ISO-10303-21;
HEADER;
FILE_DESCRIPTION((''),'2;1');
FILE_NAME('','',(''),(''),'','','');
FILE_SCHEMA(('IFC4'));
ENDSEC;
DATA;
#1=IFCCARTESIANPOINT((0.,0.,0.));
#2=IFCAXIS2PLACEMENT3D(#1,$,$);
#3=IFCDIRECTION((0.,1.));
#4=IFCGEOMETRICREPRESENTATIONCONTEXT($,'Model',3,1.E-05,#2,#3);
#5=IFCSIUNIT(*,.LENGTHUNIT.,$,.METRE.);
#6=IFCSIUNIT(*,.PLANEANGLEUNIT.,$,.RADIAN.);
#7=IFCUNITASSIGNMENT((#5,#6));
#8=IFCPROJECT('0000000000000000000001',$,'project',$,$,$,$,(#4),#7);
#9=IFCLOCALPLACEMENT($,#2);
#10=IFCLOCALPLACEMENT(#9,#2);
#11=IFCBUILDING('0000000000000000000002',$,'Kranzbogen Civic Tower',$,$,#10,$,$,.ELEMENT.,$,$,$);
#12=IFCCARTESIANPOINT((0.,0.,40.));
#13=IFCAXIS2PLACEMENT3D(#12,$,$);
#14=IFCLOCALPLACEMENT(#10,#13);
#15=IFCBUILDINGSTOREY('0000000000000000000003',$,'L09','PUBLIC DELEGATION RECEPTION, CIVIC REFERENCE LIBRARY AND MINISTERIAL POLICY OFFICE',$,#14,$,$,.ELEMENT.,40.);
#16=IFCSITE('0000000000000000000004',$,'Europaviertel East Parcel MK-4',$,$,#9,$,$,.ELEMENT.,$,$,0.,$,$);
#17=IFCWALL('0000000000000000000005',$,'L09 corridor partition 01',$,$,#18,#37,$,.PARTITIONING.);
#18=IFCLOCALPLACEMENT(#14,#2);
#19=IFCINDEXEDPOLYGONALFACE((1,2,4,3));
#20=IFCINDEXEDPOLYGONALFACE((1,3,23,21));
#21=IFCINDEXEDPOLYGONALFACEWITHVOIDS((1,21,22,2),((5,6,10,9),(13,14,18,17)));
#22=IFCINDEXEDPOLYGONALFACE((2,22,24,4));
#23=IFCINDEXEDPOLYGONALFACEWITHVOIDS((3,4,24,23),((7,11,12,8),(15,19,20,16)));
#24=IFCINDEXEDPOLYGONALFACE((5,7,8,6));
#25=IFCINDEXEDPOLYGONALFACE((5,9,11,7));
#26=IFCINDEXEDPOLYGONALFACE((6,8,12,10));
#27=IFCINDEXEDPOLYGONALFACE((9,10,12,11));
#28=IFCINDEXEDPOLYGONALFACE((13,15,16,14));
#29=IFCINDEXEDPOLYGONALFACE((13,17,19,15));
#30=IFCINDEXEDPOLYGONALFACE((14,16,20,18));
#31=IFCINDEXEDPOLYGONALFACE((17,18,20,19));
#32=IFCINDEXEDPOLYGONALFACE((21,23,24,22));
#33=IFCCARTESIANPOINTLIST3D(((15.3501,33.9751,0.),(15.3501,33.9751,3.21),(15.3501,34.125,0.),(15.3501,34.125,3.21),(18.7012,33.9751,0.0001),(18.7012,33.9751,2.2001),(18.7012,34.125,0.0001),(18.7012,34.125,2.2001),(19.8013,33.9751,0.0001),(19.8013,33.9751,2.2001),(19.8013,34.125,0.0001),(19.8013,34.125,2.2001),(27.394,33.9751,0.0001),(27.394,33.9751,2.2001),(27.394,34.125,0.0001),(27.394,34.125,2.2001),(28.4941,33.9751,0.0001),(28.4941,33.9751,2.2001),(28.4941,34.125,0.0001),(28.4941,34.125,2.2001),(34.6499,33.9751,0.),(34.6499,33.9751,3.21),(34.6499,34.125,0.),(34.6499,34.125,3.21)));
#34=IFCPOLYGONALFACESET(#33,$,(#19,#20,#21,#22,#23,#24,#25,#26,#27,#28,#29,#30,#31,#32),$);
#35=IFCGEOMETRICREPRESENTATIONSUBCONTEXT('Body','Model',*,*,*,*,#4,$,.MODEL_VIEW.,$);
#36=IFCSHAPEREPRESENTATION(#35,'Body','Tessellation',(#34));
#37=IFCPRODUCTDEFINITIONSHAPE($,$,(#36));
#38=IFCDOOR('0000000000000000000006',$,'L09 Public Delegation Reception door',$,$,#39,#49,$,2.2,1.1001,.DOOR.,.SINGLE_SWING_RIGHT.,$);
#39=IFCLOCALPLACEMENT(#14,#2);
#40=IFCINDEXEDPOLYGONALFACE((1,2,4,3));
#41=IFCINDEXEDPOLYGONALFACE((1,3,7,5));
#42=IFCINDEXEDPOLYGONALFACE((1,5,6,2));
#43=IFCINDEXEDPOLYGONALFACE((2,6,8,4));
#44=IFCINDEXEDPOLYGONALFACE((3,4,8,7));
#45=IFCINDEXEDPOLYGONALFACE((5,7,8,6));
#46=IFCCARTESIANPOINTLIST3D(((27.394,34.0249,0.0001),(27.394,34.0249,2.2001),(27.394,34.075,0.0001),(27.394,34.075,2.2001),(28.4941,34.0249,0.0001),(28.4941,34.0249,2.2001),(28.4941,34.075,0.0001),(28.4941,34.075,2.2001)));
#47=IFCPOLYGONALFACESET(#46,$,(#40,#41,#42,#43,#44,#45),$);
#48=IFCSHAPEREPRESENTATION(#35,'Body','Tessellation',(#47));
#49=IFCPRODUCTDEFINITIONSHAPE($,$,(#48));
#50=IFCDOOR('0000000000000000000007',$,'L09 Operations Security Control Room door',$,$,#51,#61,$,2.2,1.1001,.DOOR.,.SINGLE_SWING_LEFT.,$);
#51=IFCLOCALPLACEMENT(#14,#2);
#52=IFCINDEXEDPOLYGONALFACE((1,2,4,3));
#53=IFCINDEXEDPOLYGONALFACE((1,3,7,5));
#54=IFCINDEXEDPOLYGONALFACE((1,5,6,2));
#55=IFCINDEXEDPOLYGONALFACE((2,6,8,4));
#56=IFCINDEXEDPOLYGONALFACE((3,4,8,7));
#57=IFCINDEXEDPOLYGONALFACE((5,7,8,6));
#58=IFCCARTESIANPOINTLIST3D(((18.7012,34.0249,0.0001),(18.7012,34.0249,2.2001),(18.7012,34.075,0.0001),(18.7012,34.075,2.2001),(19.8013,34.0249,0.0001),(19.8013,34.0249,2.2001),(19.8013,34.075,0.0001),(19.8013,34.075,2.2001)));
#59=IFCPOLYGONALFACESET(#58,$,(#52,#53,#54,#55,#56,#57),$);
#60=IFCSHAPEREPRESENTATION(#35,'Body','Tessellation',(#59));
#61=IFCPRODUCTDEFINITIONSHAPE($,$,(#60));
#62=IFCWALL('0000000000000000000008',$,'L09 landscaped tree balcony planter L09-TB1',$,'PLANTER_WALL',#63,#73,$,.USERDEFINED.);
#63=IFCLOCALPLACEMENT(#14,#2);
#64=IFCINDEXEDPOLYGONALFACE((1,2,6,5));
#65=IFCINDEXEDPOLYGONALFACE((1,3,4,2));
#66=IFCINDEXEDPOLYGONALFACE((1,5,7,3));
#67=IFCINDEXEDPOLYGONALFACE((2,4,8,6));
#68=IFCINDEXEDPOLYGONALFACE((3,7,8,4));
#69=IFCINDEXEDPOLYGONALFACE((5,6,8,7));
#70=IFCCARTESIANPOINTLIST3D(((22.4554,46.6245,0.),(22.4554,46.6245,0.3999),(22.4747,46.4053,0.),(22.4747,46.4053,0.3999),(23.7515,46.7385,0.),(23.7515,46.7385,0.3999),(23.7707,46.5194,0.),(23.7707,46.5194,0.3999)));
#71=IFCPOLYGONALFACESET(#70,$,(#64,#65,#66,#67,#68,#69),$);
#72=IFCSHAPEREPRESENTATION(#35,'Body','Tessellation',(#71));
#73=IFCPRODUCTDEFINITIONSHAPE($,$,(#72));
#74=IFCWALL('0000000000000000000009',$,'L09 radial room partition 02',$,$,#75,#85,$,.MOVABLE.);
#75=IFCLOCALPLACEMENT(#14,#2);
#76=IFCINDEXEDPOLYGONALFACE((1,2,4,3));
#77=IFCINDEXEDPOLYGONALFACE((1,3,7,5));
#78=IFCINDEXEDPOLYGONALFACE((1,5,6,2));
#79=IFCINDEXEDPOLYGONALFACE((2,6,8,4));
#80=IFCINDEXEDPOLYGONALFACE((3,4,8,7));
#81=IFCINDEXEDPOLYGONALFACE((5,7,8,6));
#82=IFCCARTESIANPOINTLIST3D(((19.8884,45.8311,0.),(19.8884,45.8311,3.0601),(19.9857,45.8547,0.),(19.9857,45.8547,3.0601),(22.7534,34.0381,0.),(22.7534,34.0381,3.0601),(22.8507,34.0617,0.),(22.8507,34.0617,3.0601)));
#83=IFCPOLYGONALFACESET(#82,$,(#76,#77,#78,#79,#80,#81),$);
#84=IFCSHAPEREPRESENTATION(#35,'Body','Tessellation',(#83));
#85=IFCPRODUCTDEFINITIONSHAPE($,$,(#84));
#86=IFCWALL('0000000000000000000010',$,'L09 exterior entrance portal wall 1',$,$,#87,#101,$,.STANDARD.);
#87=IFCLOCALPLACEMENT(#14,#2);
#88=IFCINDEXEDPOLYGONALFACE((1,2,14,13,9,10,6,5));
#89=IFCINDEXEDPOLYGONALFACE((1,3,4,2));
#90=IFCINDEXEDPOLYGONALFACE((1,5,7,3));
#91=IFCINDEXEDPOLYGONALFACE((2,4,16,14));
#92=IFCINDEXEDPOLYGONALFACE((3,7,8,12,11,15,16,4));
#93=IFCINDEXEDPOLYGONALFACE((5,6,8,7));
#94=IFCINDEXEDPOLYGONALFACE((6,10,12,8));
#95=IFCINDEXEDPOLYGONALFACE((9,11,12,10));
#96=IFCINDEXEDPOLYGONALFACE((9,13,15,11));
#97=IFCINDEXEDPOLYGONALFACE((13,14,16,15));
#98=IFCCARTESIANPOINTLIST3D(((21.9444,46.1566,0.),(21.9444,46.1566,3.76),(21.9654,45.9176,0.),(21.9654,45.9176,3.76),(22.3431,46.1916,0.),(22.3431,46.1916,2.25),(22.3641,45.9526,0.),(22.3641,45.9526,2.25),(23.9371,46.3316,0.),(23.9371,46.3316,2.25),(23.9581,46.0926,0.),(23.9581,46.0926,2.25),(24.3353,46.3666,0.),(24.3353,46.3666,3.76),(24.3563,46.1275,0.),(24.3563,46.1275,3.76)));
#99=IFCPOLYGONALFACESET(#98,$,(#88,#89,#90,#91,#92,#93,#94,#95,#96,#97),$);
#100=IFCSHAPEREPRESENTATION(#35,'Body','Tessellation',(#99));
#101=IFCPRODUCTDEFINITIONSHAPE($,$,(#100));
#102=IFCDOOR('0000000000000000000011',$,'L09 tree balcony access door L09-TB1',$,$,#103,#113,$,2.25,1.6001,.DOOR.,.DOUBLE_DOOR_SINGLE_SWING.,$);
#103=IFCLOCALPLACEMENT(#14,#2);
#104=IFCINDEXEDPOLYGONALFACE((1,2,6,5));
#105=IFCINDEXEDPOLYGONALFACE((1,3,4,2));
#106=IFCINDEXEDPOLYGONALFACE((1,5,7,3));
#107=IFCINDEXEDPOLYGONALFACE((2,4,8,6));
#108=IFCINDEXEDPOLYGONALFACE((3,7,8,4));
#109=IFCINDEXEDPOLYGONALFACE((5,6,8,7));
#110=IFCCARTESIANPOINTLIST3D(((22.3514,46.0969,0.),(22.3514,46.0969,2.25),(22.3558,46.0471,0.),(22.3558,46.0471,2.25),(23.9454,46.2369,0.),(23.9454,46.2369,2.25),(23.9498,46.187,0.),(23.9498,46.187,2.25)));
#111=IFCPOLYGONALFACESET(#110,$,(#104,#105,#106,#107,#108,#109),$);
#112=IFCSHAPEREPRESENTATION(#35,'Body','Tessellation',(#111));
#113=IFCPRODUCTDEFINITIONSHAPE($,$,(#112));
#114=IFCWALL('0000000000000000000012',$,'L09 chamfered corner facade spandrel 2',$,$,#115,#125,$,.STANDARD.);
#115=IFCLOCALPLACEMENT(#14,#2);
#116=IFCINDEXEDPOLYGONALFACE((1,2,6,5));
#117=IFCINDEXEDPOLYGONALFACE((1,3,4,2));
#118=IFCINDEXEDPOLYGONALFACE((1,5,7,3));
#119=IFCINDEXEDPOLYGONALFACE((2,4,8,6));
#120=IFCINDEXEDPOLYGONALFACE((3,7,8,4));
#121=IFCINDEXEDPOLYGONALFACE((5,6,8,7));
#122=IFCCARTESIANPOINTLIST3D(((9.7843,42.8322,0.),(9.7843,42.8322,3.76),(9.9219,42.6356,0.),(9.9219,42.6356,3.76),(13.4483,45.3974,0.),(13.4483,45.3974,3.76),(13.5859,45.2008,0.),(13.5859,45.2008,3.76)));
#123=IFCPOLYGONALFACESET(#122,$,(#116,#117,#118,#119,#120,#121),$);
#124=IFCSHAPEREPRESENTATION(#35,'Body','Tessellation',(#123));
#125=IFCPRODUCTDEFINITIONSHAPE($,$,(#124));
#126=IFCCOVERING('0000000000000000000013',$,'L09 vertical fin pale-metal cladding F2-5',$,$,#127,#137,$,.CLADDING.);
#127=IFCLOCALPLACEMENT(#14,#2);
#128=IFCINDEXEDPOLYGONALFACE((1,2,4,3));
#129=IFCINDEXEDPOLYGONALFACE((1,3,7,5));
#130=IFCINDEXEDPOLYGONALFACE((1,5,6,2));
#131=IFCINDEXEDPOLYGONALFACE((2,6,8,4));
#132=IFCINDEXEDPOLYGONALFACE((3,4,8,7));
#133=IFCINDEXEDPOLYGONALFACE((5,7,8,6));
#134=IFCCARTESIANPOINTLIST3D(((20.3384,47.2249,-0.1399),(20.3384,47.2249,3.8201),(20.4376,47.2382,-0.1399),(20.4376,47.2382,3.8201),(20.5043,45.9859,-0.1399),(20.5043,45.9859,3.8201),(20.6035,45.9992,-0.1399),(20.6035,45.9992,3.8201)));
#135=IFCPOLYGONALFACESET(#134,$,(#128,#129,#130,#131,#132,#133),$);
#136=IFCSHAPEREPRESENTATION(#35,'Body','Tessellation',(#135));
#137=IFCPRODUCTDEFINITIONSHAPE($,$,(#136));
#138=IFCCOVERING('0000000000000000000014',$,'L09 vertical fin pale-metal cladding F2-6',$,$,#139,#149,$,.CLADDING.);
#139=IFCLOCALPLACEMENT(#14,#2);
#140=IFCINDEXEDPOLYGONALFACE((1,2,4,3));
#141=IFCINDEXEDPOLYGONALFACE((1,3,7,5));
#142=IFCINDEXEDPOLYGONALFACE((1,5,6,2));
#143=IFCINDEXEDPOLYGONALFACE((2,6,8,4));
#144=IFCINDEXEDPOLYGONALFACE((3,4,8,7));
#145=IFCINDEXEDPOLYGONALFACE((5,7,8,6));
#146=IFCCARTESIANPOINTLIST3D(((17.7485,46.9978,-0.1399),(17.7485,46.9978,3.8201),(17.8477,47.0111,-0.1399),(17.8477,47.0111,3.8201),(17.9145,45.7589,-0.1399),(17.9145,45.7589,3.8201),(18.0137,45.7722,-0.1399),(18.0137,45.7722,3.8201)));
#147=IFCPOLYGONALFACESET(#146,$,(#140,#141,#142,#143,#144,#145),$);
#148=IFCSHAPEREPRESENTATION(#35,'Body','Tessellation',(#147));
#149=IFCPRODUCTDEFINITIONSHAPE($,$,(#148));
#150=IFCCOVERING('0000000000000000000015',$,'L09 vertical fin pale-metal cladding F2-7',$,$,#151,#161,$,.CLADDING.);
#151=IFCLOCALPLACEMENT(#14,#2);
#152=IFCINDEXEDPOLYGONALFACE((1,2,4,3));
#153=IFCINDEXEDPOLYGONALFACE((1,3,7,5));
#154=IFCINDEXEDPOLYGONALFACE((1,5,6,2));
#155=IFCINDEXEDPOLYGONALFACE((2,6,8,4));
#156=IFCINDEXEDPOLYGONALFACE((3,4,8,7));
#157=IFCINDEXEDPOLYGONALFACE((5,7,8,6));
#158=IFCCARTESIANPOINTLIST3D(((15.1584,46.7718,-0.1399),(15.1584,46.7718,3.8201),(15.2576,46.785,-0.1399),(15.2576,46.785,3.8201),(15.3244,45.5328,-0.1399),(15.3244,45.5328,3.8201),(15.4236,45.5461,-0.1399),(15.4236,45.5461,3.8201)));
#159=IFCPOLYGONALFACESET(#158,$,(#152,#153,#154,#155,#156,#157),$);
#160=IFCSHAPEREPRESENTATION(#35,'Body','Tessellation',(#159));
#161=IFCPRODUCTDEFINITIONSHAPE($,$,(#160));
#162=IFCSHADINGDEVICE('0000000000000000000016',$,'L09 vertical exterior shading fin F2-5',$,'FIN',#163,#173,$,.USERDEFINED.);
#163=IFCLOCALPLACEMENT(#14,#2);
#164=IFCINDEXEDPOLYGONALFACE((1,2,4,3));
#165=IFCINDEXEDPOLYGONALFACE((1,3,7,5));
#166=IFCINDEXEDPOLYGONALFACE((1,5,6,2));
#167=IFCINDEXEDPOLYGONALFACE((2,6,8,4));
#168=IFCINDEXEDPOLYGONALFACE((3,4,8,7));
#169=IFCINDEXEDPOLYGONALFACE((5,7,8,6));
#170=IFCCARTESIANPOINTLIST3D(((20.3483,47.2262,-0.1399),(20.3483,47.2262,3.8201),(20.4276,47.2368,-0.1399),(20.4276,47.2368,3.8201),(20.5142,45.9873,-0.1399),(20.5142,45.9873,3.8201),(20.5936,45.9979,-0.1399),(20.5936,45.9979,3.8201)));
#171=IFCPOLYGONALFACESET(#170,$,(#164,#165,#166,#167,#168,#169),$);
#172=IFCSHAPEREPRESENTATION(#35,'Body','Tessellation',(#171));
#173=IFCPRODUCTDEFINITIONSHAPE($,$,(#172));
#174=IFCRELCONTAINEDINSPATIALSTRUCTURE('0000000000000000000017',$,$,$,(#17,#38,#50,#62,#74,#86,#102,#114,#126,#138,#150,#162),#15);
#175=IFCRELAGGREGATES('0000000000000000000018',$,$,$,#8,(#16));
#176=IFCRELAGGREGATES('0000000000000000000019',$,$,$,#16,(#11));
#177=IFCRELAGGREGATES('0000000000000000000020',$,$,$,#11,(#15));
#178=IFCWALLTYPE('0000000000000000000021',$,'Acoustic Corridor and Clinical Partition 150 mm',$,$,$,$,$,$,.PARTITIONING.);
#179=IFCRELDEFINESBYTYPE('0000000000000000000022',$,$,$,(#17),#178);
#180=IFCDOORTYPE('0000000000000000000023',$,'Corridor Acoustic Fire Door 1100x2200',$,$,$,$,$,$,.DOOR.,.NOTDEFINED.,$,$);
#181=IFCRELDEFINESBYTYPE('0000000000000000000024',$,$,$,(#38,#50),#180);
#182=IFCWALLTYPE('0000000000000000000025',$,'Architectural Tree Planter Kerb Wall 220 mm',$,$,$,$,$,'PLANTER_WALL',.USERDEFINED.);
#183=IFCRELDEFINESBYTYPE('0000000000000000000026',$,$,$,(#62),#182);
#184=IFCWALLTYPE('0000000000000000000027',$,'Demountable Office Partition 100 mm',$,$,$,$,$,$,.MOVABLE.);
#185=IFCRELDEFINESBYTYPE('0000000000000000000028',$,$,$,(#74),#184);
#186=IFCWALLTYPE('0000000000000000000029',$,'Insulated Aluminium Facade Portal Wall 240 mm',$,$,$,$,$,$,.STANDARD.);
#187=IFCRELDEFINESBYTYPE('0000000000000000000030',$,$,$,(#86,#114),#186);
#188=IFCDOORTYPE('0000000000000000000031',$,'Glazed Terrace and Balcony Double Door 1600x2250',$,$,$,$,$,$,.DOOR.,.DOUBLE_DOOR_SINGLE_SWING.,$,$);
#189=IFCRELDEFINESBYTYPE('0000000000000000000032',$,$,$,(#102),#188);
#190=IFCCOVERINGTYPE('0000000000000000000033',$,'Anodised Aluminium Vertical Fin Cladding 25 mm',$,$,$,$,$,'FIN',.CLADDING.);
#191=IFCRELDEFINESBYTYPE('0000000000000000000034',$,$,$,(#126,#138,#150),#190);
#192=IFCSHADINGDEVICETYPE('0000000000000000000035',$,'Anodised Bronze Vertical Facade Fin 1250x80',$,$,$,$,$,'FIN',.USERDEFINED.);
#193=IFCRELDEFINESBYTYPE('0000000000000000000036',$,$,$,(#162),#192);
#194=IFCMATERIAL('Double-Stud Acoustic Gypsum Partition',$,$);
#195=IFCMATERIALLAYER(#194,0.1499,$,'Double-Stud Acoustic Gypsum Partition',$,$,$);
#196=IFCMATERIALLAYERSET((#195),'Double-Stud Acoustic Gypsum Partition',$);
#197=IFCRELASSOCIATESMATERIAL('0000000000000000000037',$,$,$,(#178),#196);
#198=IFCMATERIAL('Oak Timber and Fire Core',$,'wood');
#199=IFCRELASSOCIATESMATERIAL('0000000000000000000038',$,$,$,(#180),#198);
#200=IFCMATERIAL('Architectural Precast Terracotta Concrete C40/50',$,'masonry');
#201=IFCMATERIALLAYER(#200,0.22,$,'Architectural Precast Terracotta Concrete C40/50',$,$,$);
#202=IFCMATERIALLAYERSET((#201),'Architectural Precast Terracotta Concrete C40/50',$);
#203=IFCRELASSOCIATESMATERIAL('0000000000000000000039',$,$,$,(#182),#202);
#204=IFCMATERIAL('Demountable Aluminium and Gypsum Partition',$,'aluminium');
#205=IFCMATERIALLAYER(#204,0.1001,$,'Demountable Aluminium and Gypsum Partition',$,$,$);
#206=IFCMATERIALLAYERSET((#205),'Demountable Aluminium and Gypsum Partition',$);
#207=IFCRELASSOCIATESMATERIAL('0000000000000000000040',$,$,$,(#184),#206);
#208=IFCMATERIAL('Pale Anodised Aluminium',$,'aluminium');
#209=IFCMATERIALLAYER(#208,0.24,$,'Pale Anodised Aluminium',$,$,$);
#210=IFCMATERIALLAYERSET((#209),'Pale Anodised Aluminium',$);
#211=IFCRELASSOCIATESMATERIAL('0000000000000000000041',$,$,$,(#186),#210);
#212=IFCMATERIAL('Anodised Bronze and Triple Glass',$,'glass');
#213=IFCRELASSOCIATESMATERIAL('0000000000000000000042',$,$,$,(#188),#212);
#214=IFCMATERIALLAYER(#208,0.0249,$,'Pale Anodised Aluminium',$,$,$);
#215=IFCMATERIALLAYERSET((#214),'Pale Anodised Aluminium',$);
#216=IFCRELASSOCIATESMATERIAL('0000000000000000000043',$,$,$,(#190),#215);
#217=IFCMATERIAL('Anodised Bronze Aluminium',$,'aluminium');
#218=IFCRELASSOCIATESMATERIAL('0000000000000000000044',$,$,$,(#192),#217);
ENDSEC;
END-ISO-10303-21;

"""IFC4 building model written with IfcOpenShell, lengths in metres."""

from ifc_helpers import new_model, si_unit, direction, frame, frame_2d, origin, origin_2d, place, context, subcontext, project, spatial, rectangle, extrude, material, layer, layer_set, type_object, element, fill, save


model = new_model("IFC4")

# Units and contexts
model_context = context("Model", 3, precision=1e-05, world=origin(), true_north=direction((0.0, 1.0)))
body_context = subcontext(model_context, "Body", "Model", "MODEL_VIEW")
ifc_project = project(units=[si_unit("LENGTHUNIT", "METRE"), si_unit("PLANEANGLEUNIT", "RADIAN")], contexts=[model_context])

# Site, building, storey
site_placement = place(None, origin())
site = spatial("IfcSite", under=ifc_project, at=site_placement, Name="Europaviertel East Parcel MK-4", CompositionType="ELEMENT", RefElevation=0.0)
building_placement = place(site_placement, origin())
building = spatial("IfcBuilding", under=site, at=building_placement, Name="Kranzbogen Civic Tower", CompositionType="ELEMENT")
storey_placement = place(building_placement, frame((0.0, 0.0, 40.0)))
storey = spatial("IfcBuildingStorey", under=building, at=storey_placement, Name="L09", Description="PUBLIC DELEGATION RECEPTION, CIVIC REFERENCE LIBRARY AND MINISTERIAL POLICY OFFICE", CompositionType="ELEMENT", Elevation=40.0)

# Shared definitions
ifc_material_1 = material(Name="Pale Anodised Aluminium", Category="aluminium")

# Wall, openings, doors
ifc_material_2 = material(Name="Double-Stud Acoustic Gypsum Partition")
ifc_layer_1 = layer(ifc_material_2, 0.1499, Name="Double-Stud Acoustic Gypsum Partition")
ifc_layer_set_1 = layer_set([ifc_layer_1], Name="Double-Stud Acoustic Gypsum Partition")
wall_type_1 = type_object("IfcWallType", Name="Acoustic Corridor and Clinical Partition 150 mm", PredefinedType="PARTITIONING", material=ifc_layer_set_1)
wall_1_placement = place(storey_placement, frame((15.3501, 34.05, 0.0), z_axis=(0.0, 0.0, 1.0), x_axis=(1.0, 0.0, 0.0)))
wall_1 = element("IfcWall", 1, at=wall_1_placement, inside=storey, type_object=wall_type_1, Name="L09 corridor partition 01", PredefinedType="PARTITIONING", context=body_context, shape_type="SweptSolid", body=[
    extrude(rectangle(XDim=19.2998, YDim=0.1499, at=frame_2d((9.6499, 0.0))), origin(), (0.0, 0.0, 1.0), 3.21),
])
opening_1_placement = place(wall_1_placement, frame((12.0439, 0.0, 0.0)))
opening_1 = element("IfcOpeningElement", 2, at=opening_1_placement, cuts=wall_1, PredefinedType="OPENING", context=body_context, shape_type="SweptSolid", body=[
    extrude(rectangle(XDim=1.1001, YDim=2.2, at=frame_2d((0.55, 1.1001))), frame((0.0, 0.085, 0.0), z_axis=(0.0, -1.0, 0.0), x_axis=(1.0, 0.0, 0.0)), (0.0, 0.0, 1.0), 0.1699),
])
opening_2_placement = place(wall_1_placement, frame((3.3511, 0.0, 0.0)))
opening_2 = element("IfcOpeningElement", 3, at=opening_2_placement, cuts=wall_1, PredefinedType="OPENING", context=body_context, shape_type="SweptSolid", body=[
    extrude(rectangle(XDim=1.1001, YDim=2.2, at=frame_2d((0.55, 1.1001))), frame((0.0, 0.085, 0.0), z_axis=(0.0, -1.0, 0.0), x_axis=(1.0, 0.0, 0.0)), (0.0, 0.0, 1.0), 0.1699),
])
ifc_material_3 = material(Name="Oak Timber and Fire Core", Category="wood")
door_type_1 = type_object("IfcDoorType", Name="Corridor Acoustic Fire Door 1100x2200", OperationType="NOTDEFINED", PredefinedType="DOOR", material=ifc_material_3)
door_1_placement = place(opening_1_placement, origin())
door_1 = element("IfcDoor", 4, at=door_1_placement, inside=storey, type_object=door_type_1, Name="L09 Public Delegation Reception door", OperationType="SINGLE_SWING_RIGHT", OverallHeight=2.2, OverallWidth=1.1001, PredefinedType="DOOR", context=body_context, shape_type="SweptSolid", body=[
    extrude(rectangle(XDim=1.1001, YDim=2.2, at=frame_2d((0.55, 1.1001))), frame((0.0, 0.0249, 0.0), z_axis=(0.0, -1.0, 0.0), x_axis=(1.0, 0.0, 0.0)), (0.0, 0.0, 1.0), 0.05),
])
fill(opening_1, door_1)
door_2_placement = place(opening_2_placement, origin())
door_2 = element("IfcDoor", 5, at=door_2_placement, inside=storey, type_object=door_type_1, Name="L09 Operations Security Control Room door", OperationType="SINGLE_SWING_LEFT", OverallHeight=2.2, OverallWidth=1.1001, PredefinedType="DOOR", context=body_context, shape_type="SweptSolid", body=[
    extrude(rectangle(XDim=1.1001, YDim=2.2, at=frame_2d((0.55, 1.1001))), frame((0.0, 0.0249, 0.0), z_axis=(0.0, -1.0, 0.0), x_axis=(1.0, 0.0, 0.0)), (0.0, 0.0, 1.0), 0.05),
])
fill(opening_2, door_2)

# Walls
ifc_material_4 = material(Name="Architectural Precast Terracotta Concrete C40/50", Category="masonry")
ifc_layer_2 = layer(ifc_material_4, 0.22, Name="Architectural Precast Terracotta Concrete C40/50")
ifc_layer_set_2 = layer_set([ifc_layer_2], Name="Architectural Precast Terracotta Concrete C40/50")
wall_type_2 = type_object("IfcWallType", Name="Architectural Tree Planter Kerb Wall 220 mm", ElementType="PLANTER_WALL", PredefinedType="USERDEFINED", material=ifc_layer_set_2)
wall_2_placement = place(storey_placement, frame((23.761, 46.6289, 0.0), z_axis=(0.0, 0.0, 1.0), x_axis=(-0.996152, -0.087642, 0.0)))
element("IfcWall", 6, at=wall_2_placement, inside=storey, type_object=wall_type_2, Name="L09 landscaped tree balcony planter L09-TB1", ObjectType="PLANTER_WALL", PredefinedType="USERDEFINED", context=body_context, shape_type="SweptSolid", body=[
    extrude(rectangle(XDim=1.301, YDim=0.22, at=frame_2d((0.6504, 0.0))), origin(), (0.0, 0.0, 1.0), 0.3999),
])
ifc_material_5 = material(Name="Demountable Aluminium and Gypsum Partition", Category="aluminium")
ifc_layer_3 = layer(ifc_material_5, 0.1001, Name="Demountable Aluminium and Gypsum Partition")
ifc_layer_set_3 = layer_set([ifc_layer_3], Name="Demountable Aluminium and Gypsum Partition")
wall_type_3 = type_object("IfcWallType", Name="Demountable Office Partition 100 mm", PredefinedType="MOVABLE", material=ifc_layer_set_3)
wall_3_placement = place(storey_placement, frame((22.802, 34.05, 0.0), z_axis=(0.0, 0.0, 1.0), x_axis=(-0.236074, 0.971735, 0.0)))
element("IfcWall", 7, at=wall_3_placement, inside=storey, type_object=wall_type_3, Name="L09 radial room partition 02", PredefinedType="MOVABLE", context=body_context, shape_type="SweptSolid", body=[
    extrude(rectangle(XDim=12.136, YDim=0.1001, at=frame_2d((6.0679, 0.0))), origin(), (0.0, 0.0, 1.0), 3.0601),
])

# Wall, opening, door
ifc_layer_4 = layer(ifc_material_1, 0.24, Name="Pale Anodised Aluminium")
ifc_layer_set_4 = layer_set([ifc_layer_4], Name="Pale Anodised Aluminium")
wall_type_4 = type_object("IfcWallType", Name="Insulated Aluminium Facade Portal Wall 240 mm", PredefinedType="STANDARD", material=ifc_layer_set_4)
wall_4_placement = place(storey_placement, frame((24.3459, 46.2471, 0.0), z_axis=(0.0, 0.0, 1.0), x_axis=(-0.996166, -0.087481, 0.0)))
wall_4 = element("IfcWall", 8, at=wall_4_placement, inside=storey, type_object=wall_type_4, Name="L09 exterior entrance portal wall 1", PredefinedType="STANDARD", context=body_context, shape_type="SweptSolid", body=[
    extrude(rectangle(XDim=2.4001, YDim=0.24, at=frame_2d((1.2002, 0.0))), origin(), (0.0, 0.0, 1.0), 3.76),
])
opening_3_placement = place(wall_4_placement, frame((0.3999, 0.0, 0.0)))
opening_3 = element("IfcOpeningElement", 9, at=opening_3_placement, cuts=wall_4, PredefinedType="OPENING", context=body_context, shape_type="SweptSolid", body=[
    extrude(rectangle(XDim=1.6001, YDim=2.25, at=frame_2d((0.8, 1.125))), frame((0.0, 0.1299, 0.0), z_axis=(0.0, -1.0, 0.0), x_axis=(1.0, 0.0, 0.0)), (0.0, 0.0, 1.0), 0.26),
])
ifc_material_6 = material(Name="Anodised Bronze and Triple Glass", Category="glass")
door_type_2 = type_object("IfcDoorType", Name="Glazed Terrace and Balcony Double Door 1600x2250", OperationType="DOUBLE_DOOR_SINGLE_SWING", PredefinedType="DOOR", material=ifc_material_6)
door_3_placement = place(opening_3_placement, frame((1.6001, 0.0, 0.0), z_axis=(0.0, 0.0, 1.0), x_axis=(-1.0, 0.0, 0.0)))
door_3 = element("IfcDoor", 10, at=door_3_placement, inside=storey, type_object=door_type_2, Name="L09 tree balcony access door L09-TB1", OperationType="DOUBLE_DOOR_SINGLE_SWING", OverallHeight=2.25, OverallWidth=1.6001, PredefinedType="DOOR", context=body_context, shape_type="SweptSolid", body=[
    extrude(rectangle(XDim=1.6001, YDim=2.25, at=frame_2d((0.8, 1.125))), frame((0.0, 0.0249, 0.0), z_axis=(0.0, -1.0, 0.0), x_axis=(1.0, 0.0, 0.0)), (0.0, 0.0, 1.0), 0.05),
])
fill(opening_3, door_3)

# Wall
wall_5_placement = place(storey_placement, frame((13.5171, 45.2991, 0.0), z_axis=(0.0, 0.0, 1.0), x_axis=(-0.819196, -0.573514, 0.0)))
element("IfcWall", 11, at=wall_5_placement, inside=storey, type_object=wall_type_4, Name="L09 chamfered corner facade spandrel 2", PredefinedType="STANDARD", context=body_context, shape_type="SweptSolid", body=[
    extrude(rectangle(XDim=4.4727, YDim=0.24, at=frame_2d((2.2363, 0.0))), origin(), (0.0, 0.0, 1.0), 3.76),
])

# Coverings
ifc_layer_5 = layer(ifc_material_1, 0.0249, Name="Pale Anodised Aluminium")
ifc_layer_set_5 = layer_set([ifc_layer_5], Name="Pale Anodised Aluminium")
covering_type = type_object("IfcCoveringType", Name="Anodised Aluminium Vertical Fin Cladding 25 mm", ElementType="FIN", PredefinedType="CLADDING", material=ifc_layer_set_5)
for number, where, z_axis, x_axis, name in (
    (12, (20.4709, 46.6121, -0.1399), (0.0, 0.0, 1.0), (-0.132775, 0.991146, 0.0), "L09 vertical fin pale-metal cladding F2-5"),
    (13, (17.8811, 46.385, -0.1399), (0.0, 0.0, 1.0), (-0.132775, 0.991146, 0.0), "L09 vertical fin pale-metal cladding F2-6"),
    (14, (15.291, 46.1589, -0.1399), (0.0, 0.0, 1.0), (-0.132775, 0.991146, 0.0), "L09 vertical fin pale-metal cladding F2-7"),
):
    element("IfcCovering", number, at=place(storey_placement, frame(where, z_axis=z_axis, x_axis=x_axis)), inside=storey, type_object=covering_type, Name=name, PredefinedType="CLADDING", context=body_context, shape_type="SweptSolid", body=[
        extrude(rectangle(XDim=1.25, YDim=0.1001, at=origin_2d()), origin(), (0.0, 0.0, 1.0), 3.96),
    ])

# Shading device
ifc_material_7 = material(Name="Anodised Bronze Aluminium", Category="aluminium")
shading_device_type = type_object("IfcShadingDeviceType", Name="Anodised Bronze Vertical Facade Fin 1250x80", ElementType="FIN", PredefinedType="USERDEFINED", material=ifc_material_7)
for number, where, z_axis, x_axis, name in (
    (15, (20.4709, 46.6121, -0.1399), (0.0, 0.0, 1.0), (-0.132775, 0.991146, 0.0), "L09 vertical exterior shading fin F2-5"),
):
    element("IfcShadingDevice", number, at=place(storey_placement, frame(where, z_axis=z_axis, x_axis=x_axis)), inside=storey, type_object=shading_device_type, Name=name, ObjectType="FIN", PredefinedType="USERDEFINED", context=body_context, shape_type="SweptSolid", body=[
        extrude(rectangle(XDim=1.25, YDim=0.0801, at=origin_2d()), origin(), (0.0, 0.0, 1.0), 3.96),
    ])

save(model, "model.ifc")
